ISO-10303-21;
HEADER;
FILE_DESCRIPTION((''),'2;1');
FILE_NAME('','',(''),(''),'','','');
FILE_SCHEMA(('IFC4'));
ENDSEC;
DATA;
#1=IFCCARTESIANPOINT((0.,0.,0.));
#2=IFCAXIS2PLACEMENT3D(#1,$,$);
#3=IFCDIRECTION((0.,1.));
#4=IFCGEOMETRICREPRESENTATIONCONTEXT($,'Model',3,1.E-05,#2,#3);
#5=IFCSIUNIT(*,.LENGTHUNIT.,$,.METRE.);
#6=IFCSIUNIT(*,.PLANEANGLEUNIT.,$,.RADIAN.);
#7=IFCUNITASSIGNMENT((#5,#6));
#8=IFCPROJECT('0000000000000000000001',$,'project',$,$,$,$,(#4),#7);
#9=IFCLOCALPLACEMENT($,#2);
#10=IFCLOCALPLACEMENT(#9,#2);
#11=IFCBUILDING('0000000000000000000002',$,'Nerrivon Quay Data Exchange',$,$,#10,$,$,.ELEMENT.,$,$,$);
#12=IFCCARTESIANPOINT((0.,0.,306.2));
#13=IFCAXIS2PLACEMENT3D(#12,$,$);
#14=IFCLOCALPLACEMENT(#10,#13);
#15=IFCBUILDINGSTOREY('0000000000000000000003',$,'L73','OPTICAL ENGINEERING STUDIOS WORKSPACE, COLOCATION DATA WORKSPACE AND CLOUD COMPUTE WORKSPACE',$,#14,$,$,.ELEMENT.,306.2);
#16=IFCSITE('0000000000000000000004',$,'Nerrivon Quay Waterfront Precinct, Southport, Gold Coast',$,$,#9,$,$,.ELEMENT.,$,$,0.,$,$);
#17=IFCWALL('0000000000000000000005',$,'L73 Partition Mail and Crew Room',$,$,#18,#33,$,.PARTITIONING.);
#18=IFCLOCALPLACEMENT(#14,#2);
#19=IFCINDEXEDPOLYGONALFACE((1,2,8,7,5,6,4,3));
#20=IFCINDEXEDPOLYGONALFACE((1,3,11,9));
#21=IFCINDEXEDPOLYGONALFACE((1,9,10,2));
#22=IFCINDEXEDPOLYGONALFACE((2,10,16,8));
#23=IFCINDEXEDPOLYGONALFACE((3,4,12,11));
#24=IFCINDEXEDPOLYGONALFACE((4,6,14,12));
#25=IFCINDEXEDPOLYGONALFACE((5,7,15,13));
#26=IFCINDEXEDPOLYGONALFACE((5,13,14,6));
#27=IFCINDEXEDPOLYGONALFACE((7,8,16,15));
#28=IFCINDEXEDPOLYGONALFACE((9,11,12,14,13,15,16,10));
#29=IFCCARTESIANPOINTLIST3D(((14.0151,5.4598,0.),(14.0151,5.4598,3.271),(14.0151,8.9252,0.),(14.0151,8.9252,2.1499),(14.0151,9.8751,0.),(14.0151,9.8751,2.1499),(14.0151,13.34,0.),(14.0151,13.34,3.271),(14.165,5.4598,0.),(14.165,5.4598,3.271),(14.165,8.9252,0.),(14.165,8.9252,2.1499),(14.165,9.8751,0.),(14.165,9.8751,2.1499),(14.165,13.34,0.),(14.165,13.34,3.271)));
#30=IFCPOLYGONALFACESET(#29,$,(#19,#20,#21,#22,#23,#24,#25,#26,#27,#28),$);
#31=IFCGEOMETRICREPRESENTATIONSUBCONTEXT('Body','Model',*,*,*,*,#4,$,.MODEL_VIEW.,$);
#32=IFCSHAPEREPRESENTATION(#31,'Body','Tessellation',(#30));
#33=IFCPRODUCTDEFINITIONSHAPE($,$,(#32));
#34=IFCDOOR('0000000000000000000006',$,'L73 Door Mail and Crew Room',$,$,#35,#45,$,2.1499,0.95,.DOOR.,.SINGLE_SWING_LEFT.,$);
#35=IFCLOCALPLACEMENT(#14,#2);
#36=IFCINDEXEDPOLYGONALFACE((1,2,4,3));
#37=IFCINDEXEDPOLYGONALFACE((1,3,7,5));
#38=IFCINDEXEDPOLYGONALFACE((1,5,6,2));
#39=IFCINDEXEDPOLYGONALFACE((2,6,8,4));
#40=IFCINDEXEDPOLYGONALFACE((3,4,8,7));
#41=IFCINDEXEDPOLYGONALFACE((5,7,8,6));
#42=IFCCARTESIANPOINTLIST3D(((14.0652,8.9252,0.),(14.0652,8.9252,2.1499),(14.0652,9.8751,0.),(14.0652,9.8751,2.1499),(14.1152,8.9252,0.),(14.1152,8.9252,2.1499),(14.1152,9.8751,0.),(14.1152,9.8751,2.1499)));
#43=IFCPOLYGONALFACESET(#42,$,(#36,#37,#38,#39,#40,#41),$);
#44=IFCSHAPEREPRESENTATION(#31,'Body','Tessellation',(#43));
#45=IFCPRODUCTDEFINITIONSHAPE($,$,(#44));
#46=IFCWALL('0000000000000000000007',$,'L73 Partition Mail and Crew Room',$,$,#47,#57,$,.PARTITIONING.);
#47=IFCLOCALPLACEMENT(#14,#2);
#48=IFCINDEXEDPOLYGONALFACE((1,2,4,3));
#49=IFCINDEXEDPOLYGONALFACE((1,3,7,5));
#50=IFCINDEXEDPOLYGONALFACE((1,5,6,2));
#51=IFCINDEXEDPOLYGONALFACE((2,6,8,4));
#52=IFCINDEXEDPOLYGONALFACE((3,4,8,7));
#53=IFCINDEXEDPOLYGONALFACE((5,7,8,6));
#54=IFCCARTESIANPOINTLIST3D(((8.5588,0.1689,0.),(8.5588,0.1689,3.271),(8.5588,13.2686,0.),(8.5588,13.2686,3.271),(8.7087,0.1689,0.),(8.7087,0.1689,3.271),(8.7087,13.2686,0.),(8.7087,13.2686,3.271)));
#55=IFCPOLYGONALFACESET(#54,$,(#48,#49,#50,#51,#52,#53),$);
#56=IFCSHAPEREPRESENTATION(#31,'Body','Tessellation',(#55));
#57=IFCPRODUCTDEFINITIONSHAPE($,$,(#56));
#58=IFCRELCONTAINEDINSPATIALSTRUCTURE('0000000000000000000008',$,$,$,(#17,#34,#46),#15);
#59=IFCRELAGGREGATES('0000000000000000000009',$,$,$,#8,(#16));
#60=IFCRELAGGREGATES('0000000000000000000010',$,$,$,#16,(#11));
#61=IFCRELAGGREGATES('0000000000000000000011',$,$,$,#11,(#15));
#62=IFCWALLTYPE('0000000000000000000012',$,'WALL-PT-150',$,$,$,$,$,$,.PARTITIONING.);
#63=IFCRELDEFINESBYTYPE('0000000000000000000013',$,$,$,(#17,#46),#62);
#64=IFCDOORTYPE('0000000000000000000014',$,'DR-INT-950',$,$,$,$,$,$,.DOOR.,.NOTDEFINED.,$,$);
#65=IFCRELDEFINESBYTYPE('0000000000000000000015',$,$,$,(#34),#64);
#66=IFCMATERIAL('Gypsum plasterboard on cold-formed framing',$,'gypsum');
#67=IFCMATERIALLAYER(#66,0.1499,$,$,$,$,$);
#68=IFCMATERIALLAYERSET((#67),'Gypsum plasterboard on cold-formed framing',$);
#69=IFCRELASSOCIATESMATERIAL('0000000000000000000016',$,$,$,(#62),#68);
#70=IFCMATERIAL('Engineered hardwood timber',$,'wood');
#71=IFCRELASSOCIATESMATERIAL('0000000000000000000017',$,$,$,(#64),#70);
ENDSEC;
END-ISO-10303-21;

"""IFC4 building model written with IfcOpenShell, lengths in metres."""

from ifc_helpers import new_model, si_unit, direction, frame, frame_2d, origin, place, context, subcontext, project, spatial, rectangle, extrude, material, layer, layer_set, type_object, element, fill, save


model = new_model("IFC4")

# Units and contexts
model_context = context("Model", 3, precision=1e-05, world=origin(), true_north=direction((0.0, 1.0)))
body_context = subcontext(model_context, "Body", "Model", "MODEL_VIEW")
ifc_project = project(units=[si_unit("LENGTHUNIT", "METRE"), si_unit("PLANEANGLEUNIT", "RADIAN")], contexts=[model_context])

# Site, building, storey
site_placement = place(None, origin())
site = spatial("IfcSite", under=ifc_project, at=site_placement, Name="Nerrivon Quay Waterfront Precinct, Southport, Gold Coast", CompositionType="ELEMENT", RefElevation=0.0)
building_placement = place(site_placement, origin())
building = spatial("IfcBuilding", under=site, at=building_placement, Name="Nerrivon Quay Data Exchange", CompositionType="ELEMENT")
storey_placement = place(building_placement, frame((0.0, 0.0, 306.2)))
storey = spatial("IfcBuildingStorey", under=building, at=storey_placement, Name="L73", Description="OPTICAL ENGINEERING STUDIOS WORKSPACE, COLOCATION DATA WORKSPACE AND CLOUD COMPUTE WORKSPACE", CompositionType="ELEMENT", Elevation=306.2)

# Shared definitions
ifc_material_1 = material(Name="Gypsum plasterboard on cold-formed framing", Category="gypsum")
ifc_material_2 = material(Name="Engineered hardwood timber", Category="wood")

# Wall, opening, door
ifc_layer_1 = layer(ifc_material_1, 0.1499)
ifc_layer_set_1 = layer_set([ifc_layer_1], Name="Gypsum plasterboard on cold-formed framing")
wall_type_1 = type_object("IfcWallType", Name="WALL-PT-150", PredefinedType="PARTITIONING", material=ifc_layer_set_1)
door_type_1 = type_object("IfcDoorType", Name="DR-INT-950", OperationType="NOTDEFINED", PredefinedType="DOOR", material=ifc_material_2)
wall_1_placement = place(storey_placement, frame((14.0901, 5.46, 0.0), z_axis=(0.0, 0.0, 1.0), x_axis=(0.0, 1.0, 0.0)))
wall_1 = element("IfcWall", 1, at=wall_1_placement, inside=storey, type_object=wall_type_1, Name="L73 Partition Mail and Crew Room", PredefinedType="PARTITIONING", context=body_context, shape_type="SweptSolid", body=[
    extrude(rectangle(XDim=7.8801, YDim=0.1499, at=frame_2d((3.9399, 0.0))), origin(), (0.0, 0.0, 1.0), 3.271),
])
opening_1_placement = place(wall_1_placement, frame((3.4651, 0.0, 0.0)))
opening_1 = element("IfcOpeningElement", 2, at=opening_1_placement, cuts=wall_1, PredefinedType="OPENING", context=body_context, shape_type="SweptSolid", body=[
    extrude(rectangle(XDim=0.95, YDim=2.1499, at=frame_2d((0.4751, 1.075))), frame((0.0, 0.085, 0.0), z_axis=(0.0, -1.0, 0.0), x_axis=(1.0, 0.0, 0.0)), (0.0, 0.0, 1.0), 0.1699),
])
door_1_placement = place(opening_1_placement, origin())
door_1 = element("IfcDoor", 3, at=door_1_placement, inside=storey, type_object=door_type_1, Name="L73 Door Mail and Crew Room", OperationType="SINGLE_SWING_LEFT", OverallHeight=2.1499, OverallWidth=0.95, PredefinedType="DOOR", context=body_context, shape_type="SweptSolid", body=[
    extrude(rectangle(XDim=0.95, YDim=2.1499, at=frame_2d((0.4751, 1.075))), frame((0.0, 0.0249, 0.0), z_axis=(0.0, -1.0, 0.0), x_axis=(1.0, 0.0, 0.0)), (0.0, 0.0, 1.0), 0.05),
])
fill(opening_1, door_1)

# Wall
wall_2_placement = place(storey_placement, frame((8.6338, 13.2686, 0.0), z_axis=(0.0, 0.0, 1.0), x_axis=(0.0, -1.0, 0.0)))
element("IfcWall", 4, at=wall_2_placement, inside=storey, type_object=wall_type_1, Name="L73 Partition Mail and Crew Room", PredefinedType="PARTITIONING", context=body_context, shape_type="SweptSolid", body=[
    extrude(rectangle(XDim=13.0996, YDim=0.1499, at=frame_2d((6.5498, 0.0))), origin(), (0.0, 0.0, 1.0), 3.271),
])

save(model, "model.ifc")
